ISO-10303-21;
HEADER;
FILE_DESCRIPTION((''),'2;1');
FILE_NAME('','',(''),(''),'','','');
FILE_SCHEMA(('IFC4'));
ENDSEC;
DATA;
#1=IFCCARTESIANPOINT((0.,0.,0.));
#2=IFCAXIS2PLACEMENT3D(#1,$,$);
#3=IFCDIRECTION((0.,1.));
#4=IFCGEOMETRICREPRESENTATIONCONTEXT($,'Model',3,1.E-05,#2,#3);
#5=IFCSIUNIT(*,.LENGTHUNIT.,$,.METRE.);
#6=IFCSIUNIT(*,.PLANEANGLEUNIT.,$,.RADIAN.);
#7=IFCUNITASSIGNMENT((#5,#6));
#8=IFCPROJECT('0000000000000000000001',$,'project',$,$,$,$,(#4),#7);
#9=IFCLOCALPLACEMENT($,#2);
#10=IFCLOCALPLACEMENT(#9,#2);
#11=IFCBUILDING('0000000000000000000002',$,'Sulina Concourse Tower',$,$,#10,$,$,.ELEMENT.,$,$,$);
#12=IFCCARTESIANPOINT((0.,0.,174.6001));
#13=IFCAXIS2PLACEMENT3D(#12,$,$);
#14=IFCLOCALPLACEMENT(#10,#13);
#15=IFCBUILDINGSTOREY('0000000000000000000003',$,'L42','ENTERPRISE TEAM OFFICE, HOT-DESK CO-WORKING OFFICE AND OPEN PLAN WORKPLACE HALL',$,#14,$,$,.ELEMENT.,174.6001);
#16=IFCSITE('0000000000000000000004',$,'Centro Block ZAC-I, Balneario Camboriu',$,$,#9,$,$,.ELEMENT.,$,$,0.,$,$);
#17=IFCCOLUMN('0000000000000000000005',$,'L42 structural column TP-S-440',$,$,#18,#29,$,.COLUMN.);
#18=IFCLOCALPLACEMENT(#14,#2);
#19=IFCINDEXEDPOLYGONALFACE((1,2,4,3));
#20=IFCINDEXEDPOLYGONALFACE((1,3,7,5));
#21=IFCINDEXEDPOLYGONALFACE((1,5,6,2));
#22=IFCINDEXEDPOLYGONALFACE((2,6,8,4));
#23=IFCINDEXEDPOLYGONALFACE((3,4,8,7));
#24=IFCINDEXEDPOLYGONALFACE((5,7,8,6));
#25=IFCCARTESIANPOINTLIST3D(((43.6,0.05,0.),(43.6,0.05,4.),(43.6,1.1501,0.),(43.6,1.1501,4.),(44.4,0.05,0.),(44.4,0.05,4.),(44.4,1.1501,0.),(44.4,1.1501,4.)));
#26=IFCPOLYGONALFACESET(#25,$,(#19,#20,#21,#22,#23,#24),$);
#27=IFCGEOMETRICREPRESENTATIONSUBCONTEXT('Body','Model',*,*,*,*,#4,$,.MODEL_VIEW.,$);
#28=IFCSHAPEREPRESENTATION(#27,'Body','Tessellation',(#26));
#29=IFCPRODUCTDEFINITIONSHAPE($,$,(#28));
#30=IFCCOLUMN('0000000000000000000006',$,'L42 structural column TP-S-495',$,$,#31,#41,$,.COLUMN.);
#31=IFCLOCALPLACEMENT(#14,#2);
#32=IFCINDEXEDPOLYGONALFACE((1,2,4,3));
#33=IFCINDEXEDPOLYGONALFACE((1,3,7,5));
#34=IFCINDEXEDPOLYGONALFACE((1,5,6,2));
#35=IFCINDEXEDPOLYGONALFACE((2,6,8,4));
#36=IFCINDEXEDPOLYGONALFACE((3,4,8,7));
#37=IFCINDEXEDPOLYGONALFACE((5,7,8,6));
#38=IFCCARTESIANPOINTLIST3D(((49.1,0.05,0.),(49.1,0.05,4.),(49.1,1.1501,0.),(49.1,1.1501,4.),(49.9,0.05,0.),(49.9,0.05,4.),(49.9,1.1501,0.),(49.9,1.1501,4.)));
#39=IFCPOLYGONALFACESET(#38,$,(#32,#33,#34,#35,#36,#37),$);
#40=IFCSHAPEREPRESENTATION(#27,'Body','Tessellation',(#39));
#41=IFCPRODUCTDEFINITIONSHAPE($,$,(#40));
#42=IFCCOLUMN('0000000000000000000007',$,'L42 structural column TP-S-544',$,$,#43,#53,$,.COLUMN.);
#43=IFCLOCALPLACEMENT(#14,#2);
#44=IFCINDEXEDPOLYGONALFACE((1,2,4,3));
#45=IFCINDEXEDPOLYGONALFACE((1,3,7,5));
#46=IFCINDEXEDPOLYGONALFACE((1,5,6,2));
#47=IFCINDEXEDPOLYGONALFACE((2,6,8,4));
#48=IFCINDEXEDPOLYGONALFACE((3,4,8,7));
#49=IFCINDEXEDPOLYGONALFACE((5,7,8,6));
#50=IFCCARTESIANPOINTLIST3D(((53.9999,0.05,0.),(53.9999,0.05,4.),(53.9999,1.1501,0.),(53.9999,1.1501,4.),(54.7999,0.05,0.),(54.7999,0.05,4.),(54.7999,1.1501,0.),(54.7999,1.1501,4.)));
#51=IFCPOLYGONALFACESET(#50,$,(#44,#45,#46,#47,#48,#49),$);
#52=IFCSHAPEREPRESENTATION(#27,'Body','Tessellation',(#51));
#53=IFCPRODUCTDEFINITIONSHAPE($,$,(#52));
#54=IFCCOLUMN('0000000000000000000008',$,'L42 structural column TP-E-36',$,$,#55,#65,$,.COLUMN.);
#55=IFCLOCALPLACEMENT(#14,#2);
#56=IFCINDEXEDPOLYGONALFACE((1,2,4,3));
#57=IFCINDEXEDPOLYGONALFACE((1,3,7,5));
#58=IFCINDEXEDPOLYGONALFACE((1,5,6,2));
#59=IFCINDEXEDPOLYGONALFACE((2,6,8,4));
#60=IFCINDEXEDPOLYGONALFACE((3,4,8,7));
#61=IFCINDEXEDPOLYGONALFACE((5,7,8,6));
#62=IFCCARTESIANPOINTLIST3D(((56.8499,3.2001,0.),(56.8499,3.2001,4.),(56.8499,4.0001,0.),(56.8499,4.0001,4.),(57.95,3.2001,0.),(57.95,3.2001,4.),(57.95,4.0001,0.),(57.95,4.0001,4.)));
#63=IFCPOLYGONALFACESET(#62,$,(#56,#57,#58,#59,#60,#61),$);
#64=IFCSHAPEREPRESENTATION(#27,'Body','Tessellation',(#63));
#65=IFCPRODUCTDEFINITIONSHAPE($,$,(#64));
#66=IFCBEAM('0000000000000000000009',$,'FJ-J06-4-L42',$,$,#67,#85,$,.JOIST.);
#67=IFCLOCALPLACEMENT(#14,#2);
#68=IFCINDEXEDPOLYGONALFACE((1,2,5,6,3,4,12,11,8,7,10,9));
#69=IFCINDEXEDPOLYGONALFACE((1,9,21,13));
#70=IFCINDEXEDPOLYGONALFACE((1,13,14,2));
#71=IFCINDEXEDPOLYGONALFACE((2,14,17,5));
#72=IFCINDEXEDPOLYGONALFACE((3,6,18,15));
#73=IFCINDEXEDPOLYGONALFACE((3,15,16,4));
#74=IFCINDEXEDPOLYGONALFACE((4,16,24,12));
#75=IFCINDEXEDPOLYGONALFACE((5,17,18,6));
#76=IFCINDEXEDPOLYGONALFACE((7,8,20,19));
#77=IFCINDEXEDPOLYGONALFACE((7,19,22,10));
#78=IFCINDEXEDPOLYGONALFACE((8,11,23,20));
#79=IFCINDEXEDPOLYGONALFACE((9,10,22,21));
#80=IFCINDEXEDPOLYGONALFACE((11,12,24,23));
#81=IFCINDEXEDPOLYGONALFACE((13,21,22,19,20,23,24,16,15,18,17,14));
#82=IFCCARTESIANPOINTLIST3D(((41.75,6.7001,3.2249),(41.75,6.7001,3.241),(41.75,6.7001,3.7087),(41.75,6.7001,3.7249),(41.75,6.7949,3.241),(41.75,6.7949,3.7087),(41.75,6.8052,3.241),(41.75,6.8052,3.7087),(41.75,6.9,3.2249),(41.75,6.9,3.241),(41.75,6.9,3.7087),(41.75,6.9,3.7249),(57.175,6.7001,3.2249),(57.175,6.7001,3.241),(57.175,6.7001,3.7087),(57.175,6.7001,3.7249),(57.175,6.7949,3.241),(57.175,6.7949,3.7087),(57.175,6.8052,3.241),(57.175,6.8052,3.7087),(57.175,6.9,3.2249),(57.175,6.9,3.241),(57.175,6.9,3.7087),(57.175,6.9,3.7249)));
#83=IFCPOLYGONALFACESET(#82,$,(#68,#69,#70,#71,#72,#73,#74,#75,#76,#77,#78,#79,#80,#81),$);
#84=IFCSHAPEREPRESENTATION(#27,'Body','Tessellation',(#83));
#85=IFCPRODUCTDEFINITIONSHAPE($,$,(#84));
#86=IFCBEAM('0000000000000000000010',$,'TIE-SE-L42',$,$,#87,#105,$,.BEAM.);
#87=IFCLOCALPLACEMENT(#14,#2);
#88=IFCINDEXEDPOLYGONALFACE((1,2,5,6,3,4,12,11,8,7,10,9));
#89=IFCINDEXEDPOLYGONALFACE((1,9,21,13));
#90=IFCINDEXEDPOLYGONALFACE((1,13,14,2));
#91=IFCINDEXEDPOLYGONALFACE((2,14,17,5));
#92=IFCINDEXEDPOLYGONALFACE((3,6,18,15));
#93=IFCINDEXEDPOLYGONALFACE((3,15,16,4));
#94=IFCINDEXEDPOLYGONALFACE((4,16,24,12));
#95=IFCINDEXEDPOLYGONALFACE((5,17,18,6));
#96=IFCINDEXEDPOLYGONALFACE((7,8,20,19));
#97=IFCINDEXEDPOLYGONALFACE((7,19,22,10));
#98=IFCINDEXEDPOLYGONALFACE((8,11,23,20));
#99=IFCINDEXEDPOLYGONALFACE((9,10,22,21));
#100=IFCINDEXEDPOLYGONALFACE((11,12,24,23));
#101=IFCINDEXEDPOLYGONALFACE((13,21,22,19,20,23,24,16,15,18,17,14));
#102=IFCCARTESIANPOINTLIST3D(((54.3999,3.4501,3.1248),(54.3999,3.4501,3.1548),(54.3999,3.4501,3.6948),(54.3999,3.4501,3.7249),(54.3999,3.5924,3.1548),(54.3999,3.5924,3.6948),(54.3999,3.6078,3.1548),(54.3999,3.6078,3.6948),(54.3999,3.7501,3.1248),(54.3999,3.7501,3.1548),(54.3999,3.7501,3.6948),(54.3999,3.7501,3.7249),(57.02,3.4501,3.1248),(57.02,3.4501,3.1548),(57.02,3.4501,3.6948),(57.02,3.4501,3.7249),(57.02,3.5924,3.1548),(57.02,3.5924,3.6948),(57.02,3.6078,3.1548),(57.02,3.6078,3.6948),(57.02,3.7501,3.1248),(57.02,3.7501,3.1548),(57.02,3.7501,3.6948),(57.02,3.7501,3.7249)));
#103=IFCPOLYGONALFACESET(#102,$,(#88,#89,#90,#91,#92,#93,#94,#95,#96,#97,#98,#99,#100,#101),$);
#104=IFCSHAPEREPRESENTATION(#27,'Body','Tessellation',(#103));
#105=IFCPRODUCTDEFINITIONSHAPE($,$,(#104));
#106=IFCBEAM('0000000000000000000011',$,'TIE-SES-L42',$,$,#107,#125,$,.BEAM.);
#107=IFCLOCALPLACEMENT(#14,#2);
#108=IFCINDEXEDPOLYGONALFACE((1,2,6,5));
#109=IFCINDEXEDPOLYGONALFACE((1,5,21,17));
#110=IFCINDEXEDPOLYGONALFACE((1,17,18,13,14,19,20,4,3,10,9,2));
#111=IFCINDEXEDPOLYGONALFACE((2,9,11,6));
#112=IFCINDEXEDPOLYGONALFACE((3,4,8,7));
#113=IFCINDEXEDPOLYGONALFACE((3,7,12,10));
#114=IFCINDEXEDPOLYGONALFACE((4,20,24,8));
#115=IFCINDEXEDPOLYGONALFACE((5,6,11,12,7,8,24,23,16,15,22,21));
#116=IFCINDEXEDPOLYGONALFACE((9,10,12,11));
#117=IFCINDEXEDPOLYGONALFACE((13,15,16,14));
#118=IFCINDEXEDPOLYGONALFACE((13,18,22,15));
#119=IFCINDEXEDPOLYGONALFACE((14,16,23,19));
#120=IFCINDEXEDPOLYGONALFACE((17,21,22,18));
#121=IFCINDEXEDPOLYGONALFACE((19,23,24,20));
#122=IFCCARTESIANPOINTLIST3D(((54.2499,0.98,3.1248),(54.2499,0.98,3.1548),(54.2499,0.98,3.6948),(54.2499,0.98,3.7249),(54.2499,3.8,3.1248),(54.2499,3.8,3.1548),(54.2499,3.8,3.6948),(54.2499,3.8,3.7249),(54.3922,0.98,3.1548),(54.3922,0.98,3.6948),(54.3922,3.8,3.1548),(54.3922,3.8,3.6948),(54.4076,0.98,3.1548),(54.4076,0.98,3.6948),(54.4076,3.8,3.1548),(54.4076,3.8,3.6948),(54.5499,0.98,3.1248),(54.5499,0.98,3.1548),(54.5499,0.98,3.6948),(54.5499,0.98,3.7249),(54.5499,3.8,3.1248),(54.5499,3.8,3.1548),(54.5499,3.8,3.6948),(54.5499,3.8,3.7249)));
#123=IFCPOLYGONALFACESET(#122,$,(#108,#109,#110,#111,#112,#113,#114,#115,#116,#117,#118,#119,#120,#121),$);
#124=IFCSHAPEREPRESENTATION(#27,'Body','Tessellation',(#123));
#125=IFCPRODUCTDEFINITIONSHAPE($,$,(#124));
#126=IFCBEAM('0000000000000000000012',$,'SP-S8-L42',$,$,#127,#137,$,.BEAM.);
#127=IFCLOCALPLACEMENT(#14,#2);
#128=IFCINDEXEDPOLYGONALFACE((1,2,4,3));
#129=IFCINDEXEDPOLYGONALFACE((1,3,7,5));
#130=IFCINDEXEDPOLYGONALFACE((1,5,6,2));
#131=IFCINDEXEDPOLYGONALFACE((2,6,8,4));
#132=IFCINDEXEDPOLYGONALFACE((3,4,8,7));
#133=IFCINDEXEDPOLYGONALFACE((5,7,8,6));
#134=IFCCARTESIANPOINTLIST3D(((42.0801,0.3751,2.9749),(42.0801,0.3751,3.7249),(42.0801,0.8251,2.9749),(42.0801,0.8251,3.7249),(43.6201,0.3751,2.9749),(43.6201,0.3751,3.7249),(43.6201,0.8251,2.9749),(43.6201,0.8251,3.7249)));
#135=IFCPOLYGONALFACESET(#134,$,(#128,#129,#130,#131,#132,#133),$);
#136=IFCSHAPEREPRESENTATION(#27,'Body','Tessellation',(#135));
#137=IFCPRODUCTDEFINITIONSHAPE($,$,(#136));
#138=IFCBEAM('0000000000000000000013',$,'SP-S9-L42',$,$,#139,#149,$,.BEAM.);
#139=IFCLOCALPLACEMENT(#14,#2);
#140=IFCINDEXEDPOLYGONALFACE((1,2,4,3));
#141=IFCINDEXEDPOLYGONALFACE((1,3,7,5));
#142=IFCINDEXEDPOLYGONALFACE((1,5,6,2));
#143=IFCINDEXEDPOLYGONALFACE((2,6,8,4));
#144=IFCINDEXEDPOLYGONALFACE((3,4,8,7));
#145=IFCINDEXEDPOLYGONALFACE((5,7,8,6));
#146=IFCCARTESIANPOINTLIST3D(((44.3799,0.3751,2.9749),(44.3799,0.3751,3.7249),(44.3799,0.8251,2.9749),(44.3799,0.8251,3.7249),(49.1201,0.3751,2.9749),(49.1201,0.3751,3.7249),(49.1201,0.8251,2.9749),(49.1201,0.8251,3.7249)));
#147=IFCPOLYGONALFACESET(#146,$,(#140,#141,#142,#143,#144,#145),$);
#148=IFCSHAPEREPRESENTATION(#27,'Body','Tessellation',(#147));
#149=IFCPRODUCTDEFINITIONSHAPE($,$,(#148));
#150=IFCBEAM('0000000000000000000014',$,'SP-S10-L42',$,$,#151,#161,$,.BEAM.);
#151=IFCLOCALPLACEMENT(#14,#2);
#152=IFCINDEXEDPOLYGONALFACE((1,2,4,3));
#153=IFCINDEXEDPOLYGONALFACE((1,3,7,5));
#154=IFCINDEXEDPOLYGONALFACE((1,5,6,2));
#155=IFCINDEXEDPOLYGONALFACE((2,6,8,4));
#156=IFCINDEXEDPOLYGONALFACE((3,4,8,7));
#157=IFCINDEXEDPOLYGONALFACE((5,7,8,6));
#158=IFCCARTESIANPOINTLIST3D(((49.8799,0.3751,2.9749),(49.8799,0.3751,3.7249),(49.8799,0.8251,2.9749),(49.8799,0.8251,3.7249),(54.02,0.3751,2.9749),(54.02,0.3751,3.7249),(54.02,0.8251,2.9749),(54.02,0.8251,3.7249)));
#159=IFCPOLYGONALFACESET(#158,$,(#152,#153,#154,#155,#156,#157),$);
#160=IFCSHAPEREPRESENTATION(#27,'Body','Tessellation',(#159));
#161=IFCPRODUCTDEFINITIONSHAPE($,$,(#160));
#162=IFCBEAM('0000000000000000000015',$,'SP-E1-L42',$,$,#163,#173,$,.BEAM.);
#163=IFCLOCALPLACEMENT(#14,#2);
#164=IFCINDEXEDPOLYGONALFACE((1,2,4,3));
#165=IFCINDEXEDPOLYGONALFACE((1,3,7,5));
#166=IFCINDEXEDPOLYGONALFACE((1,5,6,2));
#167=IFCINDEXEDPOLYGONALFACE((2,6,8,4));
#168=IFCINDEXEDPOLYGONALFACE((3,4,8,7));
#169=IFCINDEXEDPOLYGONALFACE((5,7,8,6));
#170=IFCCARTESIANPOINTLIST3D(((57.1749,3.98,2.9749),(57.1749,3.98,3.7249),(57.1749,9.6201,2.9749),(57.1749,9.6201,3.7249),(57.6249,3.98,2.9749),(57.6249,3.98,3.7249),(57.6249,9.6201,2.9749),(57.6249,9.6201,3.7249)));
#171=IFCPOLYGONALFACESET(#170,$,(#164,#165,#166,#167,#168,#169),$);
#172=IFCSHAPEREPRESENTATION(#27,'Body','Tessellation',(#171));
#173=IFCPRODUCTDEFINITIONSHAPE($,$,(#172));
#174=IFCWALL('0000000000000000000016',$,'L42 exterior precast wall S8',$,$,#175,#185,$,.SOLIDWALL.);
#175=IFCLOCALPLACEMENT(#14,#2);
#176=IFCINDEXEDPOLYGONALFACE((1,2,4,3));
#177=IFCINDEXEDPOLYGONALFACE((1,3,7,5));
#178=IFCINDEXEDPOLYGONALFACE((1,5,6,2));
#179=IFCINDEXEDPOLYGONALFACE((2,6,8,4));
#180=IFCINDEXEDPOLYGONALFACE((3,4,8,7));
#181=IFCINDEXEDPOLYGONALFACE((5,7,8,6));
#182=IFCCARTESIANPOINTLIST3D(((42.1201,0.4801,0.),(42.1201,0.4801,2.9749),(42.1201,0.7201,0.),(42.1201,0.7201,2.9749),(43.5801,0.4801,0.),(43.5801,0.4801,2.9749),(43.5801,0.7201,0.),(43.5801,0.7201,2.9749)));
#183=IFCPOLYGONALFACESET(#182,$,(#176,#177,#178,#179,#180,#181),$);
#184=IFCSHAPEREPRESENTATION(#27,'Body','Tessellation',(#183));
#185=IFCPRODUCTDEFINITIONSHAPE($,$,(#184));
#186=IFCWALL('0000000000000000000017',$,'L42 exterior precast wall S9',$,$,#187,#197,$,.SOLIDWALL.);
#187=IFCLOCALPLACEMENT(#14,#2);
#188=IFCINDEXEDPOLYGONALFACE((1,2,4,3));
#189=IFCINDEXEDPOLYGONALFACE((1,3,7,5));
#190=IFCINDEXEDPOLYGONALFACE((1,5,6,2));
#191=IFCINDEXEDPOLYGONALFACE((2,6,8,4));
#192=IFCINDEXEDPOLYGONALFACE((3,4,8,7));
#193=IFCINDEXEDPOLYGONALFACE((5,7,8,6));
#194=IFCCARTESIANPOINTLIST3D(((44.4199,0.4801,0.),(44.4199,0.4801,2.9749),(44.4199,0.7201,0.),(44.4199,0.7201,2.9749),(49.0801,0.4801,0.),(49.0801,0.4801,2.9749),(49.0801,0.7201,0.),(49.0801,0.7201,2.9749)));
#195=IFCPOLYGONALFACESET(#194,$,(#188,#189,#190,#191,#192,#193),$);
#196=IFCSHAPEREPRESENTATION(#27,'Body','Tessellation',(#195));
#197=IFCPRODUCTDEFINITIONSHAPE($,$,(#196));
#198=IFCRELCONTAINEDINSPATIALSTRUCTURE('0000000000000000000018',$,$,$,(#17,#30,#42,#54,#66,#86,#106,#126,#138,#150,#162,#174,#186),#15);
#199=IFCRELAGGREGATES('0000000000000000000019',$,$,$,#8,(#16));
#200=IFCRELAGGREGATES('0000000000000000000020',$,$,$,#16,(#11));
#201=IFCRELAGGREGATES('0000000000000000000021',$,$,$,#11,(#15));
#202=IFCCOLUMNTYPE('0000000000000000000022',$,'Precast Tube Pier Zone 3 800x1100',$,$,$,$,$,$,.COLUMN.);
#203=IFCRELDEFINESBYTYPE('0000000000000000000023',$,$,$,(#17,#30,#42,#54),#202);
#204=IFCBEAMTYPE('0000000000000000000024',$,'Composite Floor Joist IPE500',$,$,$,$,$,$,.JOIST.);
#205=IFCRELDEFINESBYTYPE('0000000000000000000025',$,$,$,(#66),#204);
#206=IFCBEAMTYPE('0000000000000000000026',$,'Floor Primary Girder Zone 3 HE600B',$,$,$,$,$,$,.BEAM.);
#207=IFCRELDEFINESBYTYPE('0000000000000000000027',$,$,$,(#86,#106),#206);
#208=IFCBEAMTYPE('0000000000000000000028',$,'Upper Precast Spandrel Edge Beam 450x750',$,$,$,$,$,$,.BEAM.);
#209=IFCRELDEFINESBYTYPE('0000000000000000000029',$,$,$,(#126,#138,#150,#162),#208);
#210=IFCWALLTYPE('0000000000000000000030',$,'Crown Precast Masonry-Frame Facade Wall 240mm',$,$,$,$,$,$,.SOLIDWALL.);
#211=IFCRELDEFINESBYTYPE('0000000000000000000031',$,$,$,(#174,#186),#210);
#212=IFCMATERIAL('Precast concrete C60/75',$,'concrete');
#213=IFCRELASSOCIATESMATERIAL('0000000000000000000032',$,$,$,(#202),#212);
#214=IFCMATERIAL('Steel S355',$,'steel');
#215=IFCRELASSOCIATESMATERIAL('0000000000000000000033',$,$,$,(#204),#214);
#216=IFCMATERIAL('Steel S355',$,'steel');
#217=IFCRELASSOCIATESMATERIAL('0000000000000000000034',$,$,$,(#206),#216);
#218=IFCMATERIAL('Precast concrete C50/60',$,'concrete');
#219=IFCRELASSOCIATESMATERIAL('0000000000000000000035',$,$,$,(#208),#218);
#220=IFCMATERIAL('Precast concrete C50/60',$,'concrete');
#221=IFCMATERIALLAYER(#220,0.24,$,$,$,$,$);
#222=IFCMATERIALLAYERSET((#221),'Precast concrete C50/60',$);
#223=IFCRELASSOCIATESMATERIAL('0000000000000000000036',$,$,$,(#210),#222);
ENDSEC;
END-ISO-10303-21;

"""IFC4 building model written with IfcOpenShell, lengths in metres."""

from ifc_helpers import new_model, si_unit, direction, frame, frame_2d, origin, origin_2d, place, context, subcontext, project, spatial, rectangle, i_section, extrude, material, layer, layer_set, material_profile, profile_set, type_object, element, save


model = new_model("IFC4")

# Units and contexts
model_context = context("Model", 3, precision=1e-05, world=origin(), true_north=direction((0.0, 1.0)))
body_context = subcontext(model_context, "Body", "Model", "MODEL_VIEW")
ifc_project = project(units=[si_unit("LENGTHUNIT", "METRE"), si_unit("PLANEANGLEUNIT", "RADIAN")], contexts=[model_context])

# Site, building, storey
site_placement = place(None, origin())
site = spatial("IfcSite", under=ifc_project, at=site_placement, Name="Centro Block ZAC-I, Balneario Camboriu", CompositionType="ELEMENT", RefElevation=0.0)
building_placement = place(site_placement, origin())
building = spatial("IfcBuilding", under=site, at=building_placement, Name="Sulina Concourse Tower", CompositionType="ELEMENT")
storey_placement = place(building_placement, frame((0.0, 0.0, 174.6001)))
storey = spatial("IfcBuildingStorey", under=building, at=storey_placement, Name="L42", Description="ENTERPRISE TEAM OFFICE, HOT-DESK CO-WORKING OFFICE AND OPEN PLAN WORKPLACE HALL", CompositionType="ELEMENT", Elevation=174.6001)

# Columns
ifc_material_1 = material(Name="Precast concrete C60/75", Category="concrete")
ifc_material_profile_1 = material_profile(ifc_material_1, rectangle(XDim=0.8, YDim=1.1001, at=origin_2d()), Name="PC 800x1100")
ifc_profile_set_1 = profile_set([ifc_material_profile_1], Name="Precast concrete C60/75")
column_type = type_object("IfcColumnType", Name="Precast Tube Pier Zone 3 800x1100", PredefinedType="COLUMN", material=ifc_profile_set_1)
for number, where, z_axis, x_axis, name in (
    (1, (44.0, 0.6001, 0.0), (0.0, 0.0, 1.0), (1.0, 0.0, 0.0), "L42 structural column TP-S-440"),
    (2, (49.5, 0.6001, 0.0), (0.0, 0.0, 1.0), (1.0, 0.0, 0.0), "L42 structural column TP-S-495"),
    (3, (54.3999, 0.6001, 0.0), (0.0, 0.0, 1.0), (1.0, 0.0, 0.0), "L42 structural column TP-S-544"),
    (4, (57.3999, 3.6001, 0.0), (0.0, 0.0, 1.0), (0.0, 1.0, 0.0), "L42 structural column TP-E-36"),
):
    element("IfcColumn", number, at=place(storey_placement, frame(where, z_axis=z_axis, x_axis=x_axis)), inside=storey, type_object=column_type, Name=name, PredefinedType="COLUMN", context=body_context, shape_type="SweptSolid", body=[
        extrude(rectangle(XDim=0.8, YDim=1.1001, at=origin_2d()), origin(), (0.0, 0.0, 1.0), 4.0),
    ])

# Beams
ifc_material_2 = material(Name="Steel S355", Category="steel")
ifc_material_profile_2 = material_profile(ifc_material_2, i_section(OverallWidth=0.2, OverallDepth=0.5, WebThickness=0.0103, FlangeThickness=0.0161, at=origin_2d()), Name="IPE 500")
ifc_profile_set_2 = profile_set([ifc_material_profile_2], Name="Steel S355")
beam_type_1 = type_object("IfcBeamType", Name="Composite Floor Joist IPE500", PredefinedType="JOIST", material=ifc_profile_set_2)
beam_1_placement = place(storey_placement, frame((41.75, 6.8, 3.4749), z_axis=(1.0, 0.0, 0.0), x_axis=(0.0, 1.0, 0.0)))
element("IfcBeam", 5, at=beam_1_placement, inside=storey, type_object=beam_type_1, Name="FJ-J06-4-L42", PredefinedType="JOIST", context=body_context, shape_type="SweptSolid", body=[
    extrude(i_section(OverallWidth=0.2, OverallDepth=0.5, WebThickness=0.0103, FlangeThickness=0.0161, at=origin_2d()), origin(), (0.0, 0.0, 1.0), 15.425),
])
ifc_material_3 = material(Name="Steel S355", Category="steel")
ifc_material_profile_3 = material_profile(ifc_material_3, i_section(OverallWidth=0.3, OverallDepth=0.6001, WebThickness=0.0154, FlangeThickness=0.03, at=origin_2d()), Name="HE 600 B")
ifc_profile_set_3 = profile_set([ifc_material_profile_3], Name="Steel S355")
beam_type_2 = type_object("IfcBeamType", Name="Floor Primary Girder Zone 3 HE600B", PredefinedType="BEAM", material=ifc_profile_set_3)
beam_2_placement = place(storey_placement, frame((54.3999, 3.6001, 3.4248), z_axis=(1.0, 0.0, 0.0), x_axis=(0.0, 1.0, 0.0)))
element("IfcBeam", 6, at=beam_2_placement, inside=storey, type_object=beam_type_2, Name="TIE-SE-L42", PredefinedType="BEAM", context=body_context, shape_type="SweptSolid", body=[
    extrude(i_section(OverallWidth=0.3, OverallDepth=0.6001, WebThickness=0.0154, FlangeThickness=0.03, at=origin_2d()), origin(), (0.0, 0.0, 1.0), 2.6201),
])
beam_3_placement = place(storey_placement, frame((54.3999, 0.98, 3.4248), z_axis=(0.0, 1.0, 0.0), x_axis=(-1.0, 0.0, 0.0)))
element("IfcBeam", 7, at=beam_3_placement, inside=storey, type_object=beam_type_2, Name="TIE-SES-L42", PredefinedType="BEAM", context=body_context, shape_type="SweptSolid", body=[
    extrude(i_section(OverallWidth=0.3, OverallDepth=0.6001, WebThickness=0.0154, FlangeThickness=0.03, at=origin_2d()), origin(), (0.0, 0.0, 1.0), 2.8201),
])
ifc_material_4 = material(Name="Precast concrete C50/60", Category="concrete")
ifc_material_profile_4 = material_profile(ifc_material_4, rectangle(XDim=0.45, YDim=0.75, at=origin_2d()), Name="RC 450x750")
ifc_profile_set_4 = profile_set([ifc_material_profile_4], Name="Precast concrete C50/60")
beam_type_3 = type_object("IfcBeamType", Name="Upper Precast Spandrel Edge Beam 450x750", PredefinedType="BEAM", material=ifc_profile_set_4)
beam_4_placement = place(storey_placement, frame((42.0801, 0.6001, 3.3499), z_axis=(1.0, 0.0, 0.0), x_axis=(0.0, 1.0, 0.0)))
element("IfcBeam", 8, at=beam_4_placement, inside=storey, type_object=beam_type_3, Name="SP-S8-L42", PredefinedType="BEAM", context=body_context, shape_type="SweptSolid", body=[
    extrude(rectangle(XDim=0.45, YDim=0.75, at=origin_2d()), origin(), (0.0, 0.0, 1.0), 1.54),
])
beam_5_placement = place(storey_placement, frame((44.3799, 0.6001, 3.3499), z_axis=(1.0, 0.0, 0.0), x_axis=(0.0, 1.0, 0.0)))
element("IfcBeam", 9, at=beam_5_placement, inside=storey, type_object=beam_type_3, Name="SP-S9-L42", PredefinedType="BEAM", context=body_context, shape_type="SweptSolid", body=[
    extrude(rectangle(XDim=0.45, YDim=0.75, at=origin_2d()), origin(), (0.0, 0.0, 1.0), 4.7402),
])
beam_6_placement = place(storey_placement, frame((49.8799, 0.6001, 3.3499), z_axis=(1.0, 0.0, 0.0), x_axis=(0.0, 1.0, 0.0)))
element("IfcBeam", 10, at=beam_6_placement, inside=storey, type_object=beam_type_3, Name="SP-S10-L42", PredefinedType="BEAM", context=body_context, shape_type="SweptSolid", body=[
    extrude(rectangle(XDim=0.45, YDim=0.75, at=origin_2d()), origin(), (0.0, 0.0, 1.0), 4.1401),
])
beam_7_placement = place(storey_placement, frame((57.3999, 3.98, 3.3499), z_axis=(0.0, 1.0, 0.0), x_axis=(-1.0, 0.0, 0.0)))
element("IfcBeam", 11, at=beam_7_placement, inside=storey, type_object=beam_type_3, Name="SP-E1-L42", PredefinedType="BEAM", context=body_context, shape_type="SweptSolid", body=[
    extrude(rectangle(XDim=0.45, YDim=0.75, at=origin_2d()), origin(), (0.0, 0.0, 1.0), 5.6401),
])

# Walls
ifc_material_5 = material(Name="Precast concrete C50/60", Category="concrete")
ifc_layer_1 = layer(ifc_material_5, 0.24)
ifc_layer_set_1 = layer_set([ifc_layer_1], Name="Precast concrete C50/60")
wall_type_1 = type_object("IfcWallType", Name="Crown Precast Masonry-Frame Facade Wall 240mm", PredefinedType="SOLIDWALL", material=ifc_layer_set_1)
wall_1_placement = place(storey_placement, frame((43.5801, 0.6001, 0.0), z_axis=(0.0, 0.0, 1.0), x_axis=(-1.0, 0.0, 0.0)))
element("IfcWall", 12, at=wall_1_placement, inside=storey, type_object=wall_type_1, Name="L42 exterior precast wall S8", PredefinedType="SOLIDWALL", context=body_context, shape_type="SweptSolid", body=[
    extrude(rectangle(XDim=1.46, YDim=0.24, at=frame_2d((0.73, 0.0))), origin(), (0.0, 0.0, 1.0), 2.9749),
])
wall_2_placement = place(storey_placement, frame((49.0801, 0.6001, 0.0), z_axis=(0.0, 0.0, 1.0), x_axis=(-1.0, 0.0, 0.0)))
element("IfcWall", 13, at=wall_2_placement, inside=storey, type_object=wall_type_1, Name="L42 exterior precast wall S9", PredefinedType="SOLIDWALL", context=body_context, shape_type="SweptSolid", body=[
    extrude(rectangle(XDim=4.6602, YDim=0.24, at=frame_2d((2.3301, 0.0))), origin(), (0.0, 0.0, 1.0), 2.9749),
])

save(model, "model.ifc")
